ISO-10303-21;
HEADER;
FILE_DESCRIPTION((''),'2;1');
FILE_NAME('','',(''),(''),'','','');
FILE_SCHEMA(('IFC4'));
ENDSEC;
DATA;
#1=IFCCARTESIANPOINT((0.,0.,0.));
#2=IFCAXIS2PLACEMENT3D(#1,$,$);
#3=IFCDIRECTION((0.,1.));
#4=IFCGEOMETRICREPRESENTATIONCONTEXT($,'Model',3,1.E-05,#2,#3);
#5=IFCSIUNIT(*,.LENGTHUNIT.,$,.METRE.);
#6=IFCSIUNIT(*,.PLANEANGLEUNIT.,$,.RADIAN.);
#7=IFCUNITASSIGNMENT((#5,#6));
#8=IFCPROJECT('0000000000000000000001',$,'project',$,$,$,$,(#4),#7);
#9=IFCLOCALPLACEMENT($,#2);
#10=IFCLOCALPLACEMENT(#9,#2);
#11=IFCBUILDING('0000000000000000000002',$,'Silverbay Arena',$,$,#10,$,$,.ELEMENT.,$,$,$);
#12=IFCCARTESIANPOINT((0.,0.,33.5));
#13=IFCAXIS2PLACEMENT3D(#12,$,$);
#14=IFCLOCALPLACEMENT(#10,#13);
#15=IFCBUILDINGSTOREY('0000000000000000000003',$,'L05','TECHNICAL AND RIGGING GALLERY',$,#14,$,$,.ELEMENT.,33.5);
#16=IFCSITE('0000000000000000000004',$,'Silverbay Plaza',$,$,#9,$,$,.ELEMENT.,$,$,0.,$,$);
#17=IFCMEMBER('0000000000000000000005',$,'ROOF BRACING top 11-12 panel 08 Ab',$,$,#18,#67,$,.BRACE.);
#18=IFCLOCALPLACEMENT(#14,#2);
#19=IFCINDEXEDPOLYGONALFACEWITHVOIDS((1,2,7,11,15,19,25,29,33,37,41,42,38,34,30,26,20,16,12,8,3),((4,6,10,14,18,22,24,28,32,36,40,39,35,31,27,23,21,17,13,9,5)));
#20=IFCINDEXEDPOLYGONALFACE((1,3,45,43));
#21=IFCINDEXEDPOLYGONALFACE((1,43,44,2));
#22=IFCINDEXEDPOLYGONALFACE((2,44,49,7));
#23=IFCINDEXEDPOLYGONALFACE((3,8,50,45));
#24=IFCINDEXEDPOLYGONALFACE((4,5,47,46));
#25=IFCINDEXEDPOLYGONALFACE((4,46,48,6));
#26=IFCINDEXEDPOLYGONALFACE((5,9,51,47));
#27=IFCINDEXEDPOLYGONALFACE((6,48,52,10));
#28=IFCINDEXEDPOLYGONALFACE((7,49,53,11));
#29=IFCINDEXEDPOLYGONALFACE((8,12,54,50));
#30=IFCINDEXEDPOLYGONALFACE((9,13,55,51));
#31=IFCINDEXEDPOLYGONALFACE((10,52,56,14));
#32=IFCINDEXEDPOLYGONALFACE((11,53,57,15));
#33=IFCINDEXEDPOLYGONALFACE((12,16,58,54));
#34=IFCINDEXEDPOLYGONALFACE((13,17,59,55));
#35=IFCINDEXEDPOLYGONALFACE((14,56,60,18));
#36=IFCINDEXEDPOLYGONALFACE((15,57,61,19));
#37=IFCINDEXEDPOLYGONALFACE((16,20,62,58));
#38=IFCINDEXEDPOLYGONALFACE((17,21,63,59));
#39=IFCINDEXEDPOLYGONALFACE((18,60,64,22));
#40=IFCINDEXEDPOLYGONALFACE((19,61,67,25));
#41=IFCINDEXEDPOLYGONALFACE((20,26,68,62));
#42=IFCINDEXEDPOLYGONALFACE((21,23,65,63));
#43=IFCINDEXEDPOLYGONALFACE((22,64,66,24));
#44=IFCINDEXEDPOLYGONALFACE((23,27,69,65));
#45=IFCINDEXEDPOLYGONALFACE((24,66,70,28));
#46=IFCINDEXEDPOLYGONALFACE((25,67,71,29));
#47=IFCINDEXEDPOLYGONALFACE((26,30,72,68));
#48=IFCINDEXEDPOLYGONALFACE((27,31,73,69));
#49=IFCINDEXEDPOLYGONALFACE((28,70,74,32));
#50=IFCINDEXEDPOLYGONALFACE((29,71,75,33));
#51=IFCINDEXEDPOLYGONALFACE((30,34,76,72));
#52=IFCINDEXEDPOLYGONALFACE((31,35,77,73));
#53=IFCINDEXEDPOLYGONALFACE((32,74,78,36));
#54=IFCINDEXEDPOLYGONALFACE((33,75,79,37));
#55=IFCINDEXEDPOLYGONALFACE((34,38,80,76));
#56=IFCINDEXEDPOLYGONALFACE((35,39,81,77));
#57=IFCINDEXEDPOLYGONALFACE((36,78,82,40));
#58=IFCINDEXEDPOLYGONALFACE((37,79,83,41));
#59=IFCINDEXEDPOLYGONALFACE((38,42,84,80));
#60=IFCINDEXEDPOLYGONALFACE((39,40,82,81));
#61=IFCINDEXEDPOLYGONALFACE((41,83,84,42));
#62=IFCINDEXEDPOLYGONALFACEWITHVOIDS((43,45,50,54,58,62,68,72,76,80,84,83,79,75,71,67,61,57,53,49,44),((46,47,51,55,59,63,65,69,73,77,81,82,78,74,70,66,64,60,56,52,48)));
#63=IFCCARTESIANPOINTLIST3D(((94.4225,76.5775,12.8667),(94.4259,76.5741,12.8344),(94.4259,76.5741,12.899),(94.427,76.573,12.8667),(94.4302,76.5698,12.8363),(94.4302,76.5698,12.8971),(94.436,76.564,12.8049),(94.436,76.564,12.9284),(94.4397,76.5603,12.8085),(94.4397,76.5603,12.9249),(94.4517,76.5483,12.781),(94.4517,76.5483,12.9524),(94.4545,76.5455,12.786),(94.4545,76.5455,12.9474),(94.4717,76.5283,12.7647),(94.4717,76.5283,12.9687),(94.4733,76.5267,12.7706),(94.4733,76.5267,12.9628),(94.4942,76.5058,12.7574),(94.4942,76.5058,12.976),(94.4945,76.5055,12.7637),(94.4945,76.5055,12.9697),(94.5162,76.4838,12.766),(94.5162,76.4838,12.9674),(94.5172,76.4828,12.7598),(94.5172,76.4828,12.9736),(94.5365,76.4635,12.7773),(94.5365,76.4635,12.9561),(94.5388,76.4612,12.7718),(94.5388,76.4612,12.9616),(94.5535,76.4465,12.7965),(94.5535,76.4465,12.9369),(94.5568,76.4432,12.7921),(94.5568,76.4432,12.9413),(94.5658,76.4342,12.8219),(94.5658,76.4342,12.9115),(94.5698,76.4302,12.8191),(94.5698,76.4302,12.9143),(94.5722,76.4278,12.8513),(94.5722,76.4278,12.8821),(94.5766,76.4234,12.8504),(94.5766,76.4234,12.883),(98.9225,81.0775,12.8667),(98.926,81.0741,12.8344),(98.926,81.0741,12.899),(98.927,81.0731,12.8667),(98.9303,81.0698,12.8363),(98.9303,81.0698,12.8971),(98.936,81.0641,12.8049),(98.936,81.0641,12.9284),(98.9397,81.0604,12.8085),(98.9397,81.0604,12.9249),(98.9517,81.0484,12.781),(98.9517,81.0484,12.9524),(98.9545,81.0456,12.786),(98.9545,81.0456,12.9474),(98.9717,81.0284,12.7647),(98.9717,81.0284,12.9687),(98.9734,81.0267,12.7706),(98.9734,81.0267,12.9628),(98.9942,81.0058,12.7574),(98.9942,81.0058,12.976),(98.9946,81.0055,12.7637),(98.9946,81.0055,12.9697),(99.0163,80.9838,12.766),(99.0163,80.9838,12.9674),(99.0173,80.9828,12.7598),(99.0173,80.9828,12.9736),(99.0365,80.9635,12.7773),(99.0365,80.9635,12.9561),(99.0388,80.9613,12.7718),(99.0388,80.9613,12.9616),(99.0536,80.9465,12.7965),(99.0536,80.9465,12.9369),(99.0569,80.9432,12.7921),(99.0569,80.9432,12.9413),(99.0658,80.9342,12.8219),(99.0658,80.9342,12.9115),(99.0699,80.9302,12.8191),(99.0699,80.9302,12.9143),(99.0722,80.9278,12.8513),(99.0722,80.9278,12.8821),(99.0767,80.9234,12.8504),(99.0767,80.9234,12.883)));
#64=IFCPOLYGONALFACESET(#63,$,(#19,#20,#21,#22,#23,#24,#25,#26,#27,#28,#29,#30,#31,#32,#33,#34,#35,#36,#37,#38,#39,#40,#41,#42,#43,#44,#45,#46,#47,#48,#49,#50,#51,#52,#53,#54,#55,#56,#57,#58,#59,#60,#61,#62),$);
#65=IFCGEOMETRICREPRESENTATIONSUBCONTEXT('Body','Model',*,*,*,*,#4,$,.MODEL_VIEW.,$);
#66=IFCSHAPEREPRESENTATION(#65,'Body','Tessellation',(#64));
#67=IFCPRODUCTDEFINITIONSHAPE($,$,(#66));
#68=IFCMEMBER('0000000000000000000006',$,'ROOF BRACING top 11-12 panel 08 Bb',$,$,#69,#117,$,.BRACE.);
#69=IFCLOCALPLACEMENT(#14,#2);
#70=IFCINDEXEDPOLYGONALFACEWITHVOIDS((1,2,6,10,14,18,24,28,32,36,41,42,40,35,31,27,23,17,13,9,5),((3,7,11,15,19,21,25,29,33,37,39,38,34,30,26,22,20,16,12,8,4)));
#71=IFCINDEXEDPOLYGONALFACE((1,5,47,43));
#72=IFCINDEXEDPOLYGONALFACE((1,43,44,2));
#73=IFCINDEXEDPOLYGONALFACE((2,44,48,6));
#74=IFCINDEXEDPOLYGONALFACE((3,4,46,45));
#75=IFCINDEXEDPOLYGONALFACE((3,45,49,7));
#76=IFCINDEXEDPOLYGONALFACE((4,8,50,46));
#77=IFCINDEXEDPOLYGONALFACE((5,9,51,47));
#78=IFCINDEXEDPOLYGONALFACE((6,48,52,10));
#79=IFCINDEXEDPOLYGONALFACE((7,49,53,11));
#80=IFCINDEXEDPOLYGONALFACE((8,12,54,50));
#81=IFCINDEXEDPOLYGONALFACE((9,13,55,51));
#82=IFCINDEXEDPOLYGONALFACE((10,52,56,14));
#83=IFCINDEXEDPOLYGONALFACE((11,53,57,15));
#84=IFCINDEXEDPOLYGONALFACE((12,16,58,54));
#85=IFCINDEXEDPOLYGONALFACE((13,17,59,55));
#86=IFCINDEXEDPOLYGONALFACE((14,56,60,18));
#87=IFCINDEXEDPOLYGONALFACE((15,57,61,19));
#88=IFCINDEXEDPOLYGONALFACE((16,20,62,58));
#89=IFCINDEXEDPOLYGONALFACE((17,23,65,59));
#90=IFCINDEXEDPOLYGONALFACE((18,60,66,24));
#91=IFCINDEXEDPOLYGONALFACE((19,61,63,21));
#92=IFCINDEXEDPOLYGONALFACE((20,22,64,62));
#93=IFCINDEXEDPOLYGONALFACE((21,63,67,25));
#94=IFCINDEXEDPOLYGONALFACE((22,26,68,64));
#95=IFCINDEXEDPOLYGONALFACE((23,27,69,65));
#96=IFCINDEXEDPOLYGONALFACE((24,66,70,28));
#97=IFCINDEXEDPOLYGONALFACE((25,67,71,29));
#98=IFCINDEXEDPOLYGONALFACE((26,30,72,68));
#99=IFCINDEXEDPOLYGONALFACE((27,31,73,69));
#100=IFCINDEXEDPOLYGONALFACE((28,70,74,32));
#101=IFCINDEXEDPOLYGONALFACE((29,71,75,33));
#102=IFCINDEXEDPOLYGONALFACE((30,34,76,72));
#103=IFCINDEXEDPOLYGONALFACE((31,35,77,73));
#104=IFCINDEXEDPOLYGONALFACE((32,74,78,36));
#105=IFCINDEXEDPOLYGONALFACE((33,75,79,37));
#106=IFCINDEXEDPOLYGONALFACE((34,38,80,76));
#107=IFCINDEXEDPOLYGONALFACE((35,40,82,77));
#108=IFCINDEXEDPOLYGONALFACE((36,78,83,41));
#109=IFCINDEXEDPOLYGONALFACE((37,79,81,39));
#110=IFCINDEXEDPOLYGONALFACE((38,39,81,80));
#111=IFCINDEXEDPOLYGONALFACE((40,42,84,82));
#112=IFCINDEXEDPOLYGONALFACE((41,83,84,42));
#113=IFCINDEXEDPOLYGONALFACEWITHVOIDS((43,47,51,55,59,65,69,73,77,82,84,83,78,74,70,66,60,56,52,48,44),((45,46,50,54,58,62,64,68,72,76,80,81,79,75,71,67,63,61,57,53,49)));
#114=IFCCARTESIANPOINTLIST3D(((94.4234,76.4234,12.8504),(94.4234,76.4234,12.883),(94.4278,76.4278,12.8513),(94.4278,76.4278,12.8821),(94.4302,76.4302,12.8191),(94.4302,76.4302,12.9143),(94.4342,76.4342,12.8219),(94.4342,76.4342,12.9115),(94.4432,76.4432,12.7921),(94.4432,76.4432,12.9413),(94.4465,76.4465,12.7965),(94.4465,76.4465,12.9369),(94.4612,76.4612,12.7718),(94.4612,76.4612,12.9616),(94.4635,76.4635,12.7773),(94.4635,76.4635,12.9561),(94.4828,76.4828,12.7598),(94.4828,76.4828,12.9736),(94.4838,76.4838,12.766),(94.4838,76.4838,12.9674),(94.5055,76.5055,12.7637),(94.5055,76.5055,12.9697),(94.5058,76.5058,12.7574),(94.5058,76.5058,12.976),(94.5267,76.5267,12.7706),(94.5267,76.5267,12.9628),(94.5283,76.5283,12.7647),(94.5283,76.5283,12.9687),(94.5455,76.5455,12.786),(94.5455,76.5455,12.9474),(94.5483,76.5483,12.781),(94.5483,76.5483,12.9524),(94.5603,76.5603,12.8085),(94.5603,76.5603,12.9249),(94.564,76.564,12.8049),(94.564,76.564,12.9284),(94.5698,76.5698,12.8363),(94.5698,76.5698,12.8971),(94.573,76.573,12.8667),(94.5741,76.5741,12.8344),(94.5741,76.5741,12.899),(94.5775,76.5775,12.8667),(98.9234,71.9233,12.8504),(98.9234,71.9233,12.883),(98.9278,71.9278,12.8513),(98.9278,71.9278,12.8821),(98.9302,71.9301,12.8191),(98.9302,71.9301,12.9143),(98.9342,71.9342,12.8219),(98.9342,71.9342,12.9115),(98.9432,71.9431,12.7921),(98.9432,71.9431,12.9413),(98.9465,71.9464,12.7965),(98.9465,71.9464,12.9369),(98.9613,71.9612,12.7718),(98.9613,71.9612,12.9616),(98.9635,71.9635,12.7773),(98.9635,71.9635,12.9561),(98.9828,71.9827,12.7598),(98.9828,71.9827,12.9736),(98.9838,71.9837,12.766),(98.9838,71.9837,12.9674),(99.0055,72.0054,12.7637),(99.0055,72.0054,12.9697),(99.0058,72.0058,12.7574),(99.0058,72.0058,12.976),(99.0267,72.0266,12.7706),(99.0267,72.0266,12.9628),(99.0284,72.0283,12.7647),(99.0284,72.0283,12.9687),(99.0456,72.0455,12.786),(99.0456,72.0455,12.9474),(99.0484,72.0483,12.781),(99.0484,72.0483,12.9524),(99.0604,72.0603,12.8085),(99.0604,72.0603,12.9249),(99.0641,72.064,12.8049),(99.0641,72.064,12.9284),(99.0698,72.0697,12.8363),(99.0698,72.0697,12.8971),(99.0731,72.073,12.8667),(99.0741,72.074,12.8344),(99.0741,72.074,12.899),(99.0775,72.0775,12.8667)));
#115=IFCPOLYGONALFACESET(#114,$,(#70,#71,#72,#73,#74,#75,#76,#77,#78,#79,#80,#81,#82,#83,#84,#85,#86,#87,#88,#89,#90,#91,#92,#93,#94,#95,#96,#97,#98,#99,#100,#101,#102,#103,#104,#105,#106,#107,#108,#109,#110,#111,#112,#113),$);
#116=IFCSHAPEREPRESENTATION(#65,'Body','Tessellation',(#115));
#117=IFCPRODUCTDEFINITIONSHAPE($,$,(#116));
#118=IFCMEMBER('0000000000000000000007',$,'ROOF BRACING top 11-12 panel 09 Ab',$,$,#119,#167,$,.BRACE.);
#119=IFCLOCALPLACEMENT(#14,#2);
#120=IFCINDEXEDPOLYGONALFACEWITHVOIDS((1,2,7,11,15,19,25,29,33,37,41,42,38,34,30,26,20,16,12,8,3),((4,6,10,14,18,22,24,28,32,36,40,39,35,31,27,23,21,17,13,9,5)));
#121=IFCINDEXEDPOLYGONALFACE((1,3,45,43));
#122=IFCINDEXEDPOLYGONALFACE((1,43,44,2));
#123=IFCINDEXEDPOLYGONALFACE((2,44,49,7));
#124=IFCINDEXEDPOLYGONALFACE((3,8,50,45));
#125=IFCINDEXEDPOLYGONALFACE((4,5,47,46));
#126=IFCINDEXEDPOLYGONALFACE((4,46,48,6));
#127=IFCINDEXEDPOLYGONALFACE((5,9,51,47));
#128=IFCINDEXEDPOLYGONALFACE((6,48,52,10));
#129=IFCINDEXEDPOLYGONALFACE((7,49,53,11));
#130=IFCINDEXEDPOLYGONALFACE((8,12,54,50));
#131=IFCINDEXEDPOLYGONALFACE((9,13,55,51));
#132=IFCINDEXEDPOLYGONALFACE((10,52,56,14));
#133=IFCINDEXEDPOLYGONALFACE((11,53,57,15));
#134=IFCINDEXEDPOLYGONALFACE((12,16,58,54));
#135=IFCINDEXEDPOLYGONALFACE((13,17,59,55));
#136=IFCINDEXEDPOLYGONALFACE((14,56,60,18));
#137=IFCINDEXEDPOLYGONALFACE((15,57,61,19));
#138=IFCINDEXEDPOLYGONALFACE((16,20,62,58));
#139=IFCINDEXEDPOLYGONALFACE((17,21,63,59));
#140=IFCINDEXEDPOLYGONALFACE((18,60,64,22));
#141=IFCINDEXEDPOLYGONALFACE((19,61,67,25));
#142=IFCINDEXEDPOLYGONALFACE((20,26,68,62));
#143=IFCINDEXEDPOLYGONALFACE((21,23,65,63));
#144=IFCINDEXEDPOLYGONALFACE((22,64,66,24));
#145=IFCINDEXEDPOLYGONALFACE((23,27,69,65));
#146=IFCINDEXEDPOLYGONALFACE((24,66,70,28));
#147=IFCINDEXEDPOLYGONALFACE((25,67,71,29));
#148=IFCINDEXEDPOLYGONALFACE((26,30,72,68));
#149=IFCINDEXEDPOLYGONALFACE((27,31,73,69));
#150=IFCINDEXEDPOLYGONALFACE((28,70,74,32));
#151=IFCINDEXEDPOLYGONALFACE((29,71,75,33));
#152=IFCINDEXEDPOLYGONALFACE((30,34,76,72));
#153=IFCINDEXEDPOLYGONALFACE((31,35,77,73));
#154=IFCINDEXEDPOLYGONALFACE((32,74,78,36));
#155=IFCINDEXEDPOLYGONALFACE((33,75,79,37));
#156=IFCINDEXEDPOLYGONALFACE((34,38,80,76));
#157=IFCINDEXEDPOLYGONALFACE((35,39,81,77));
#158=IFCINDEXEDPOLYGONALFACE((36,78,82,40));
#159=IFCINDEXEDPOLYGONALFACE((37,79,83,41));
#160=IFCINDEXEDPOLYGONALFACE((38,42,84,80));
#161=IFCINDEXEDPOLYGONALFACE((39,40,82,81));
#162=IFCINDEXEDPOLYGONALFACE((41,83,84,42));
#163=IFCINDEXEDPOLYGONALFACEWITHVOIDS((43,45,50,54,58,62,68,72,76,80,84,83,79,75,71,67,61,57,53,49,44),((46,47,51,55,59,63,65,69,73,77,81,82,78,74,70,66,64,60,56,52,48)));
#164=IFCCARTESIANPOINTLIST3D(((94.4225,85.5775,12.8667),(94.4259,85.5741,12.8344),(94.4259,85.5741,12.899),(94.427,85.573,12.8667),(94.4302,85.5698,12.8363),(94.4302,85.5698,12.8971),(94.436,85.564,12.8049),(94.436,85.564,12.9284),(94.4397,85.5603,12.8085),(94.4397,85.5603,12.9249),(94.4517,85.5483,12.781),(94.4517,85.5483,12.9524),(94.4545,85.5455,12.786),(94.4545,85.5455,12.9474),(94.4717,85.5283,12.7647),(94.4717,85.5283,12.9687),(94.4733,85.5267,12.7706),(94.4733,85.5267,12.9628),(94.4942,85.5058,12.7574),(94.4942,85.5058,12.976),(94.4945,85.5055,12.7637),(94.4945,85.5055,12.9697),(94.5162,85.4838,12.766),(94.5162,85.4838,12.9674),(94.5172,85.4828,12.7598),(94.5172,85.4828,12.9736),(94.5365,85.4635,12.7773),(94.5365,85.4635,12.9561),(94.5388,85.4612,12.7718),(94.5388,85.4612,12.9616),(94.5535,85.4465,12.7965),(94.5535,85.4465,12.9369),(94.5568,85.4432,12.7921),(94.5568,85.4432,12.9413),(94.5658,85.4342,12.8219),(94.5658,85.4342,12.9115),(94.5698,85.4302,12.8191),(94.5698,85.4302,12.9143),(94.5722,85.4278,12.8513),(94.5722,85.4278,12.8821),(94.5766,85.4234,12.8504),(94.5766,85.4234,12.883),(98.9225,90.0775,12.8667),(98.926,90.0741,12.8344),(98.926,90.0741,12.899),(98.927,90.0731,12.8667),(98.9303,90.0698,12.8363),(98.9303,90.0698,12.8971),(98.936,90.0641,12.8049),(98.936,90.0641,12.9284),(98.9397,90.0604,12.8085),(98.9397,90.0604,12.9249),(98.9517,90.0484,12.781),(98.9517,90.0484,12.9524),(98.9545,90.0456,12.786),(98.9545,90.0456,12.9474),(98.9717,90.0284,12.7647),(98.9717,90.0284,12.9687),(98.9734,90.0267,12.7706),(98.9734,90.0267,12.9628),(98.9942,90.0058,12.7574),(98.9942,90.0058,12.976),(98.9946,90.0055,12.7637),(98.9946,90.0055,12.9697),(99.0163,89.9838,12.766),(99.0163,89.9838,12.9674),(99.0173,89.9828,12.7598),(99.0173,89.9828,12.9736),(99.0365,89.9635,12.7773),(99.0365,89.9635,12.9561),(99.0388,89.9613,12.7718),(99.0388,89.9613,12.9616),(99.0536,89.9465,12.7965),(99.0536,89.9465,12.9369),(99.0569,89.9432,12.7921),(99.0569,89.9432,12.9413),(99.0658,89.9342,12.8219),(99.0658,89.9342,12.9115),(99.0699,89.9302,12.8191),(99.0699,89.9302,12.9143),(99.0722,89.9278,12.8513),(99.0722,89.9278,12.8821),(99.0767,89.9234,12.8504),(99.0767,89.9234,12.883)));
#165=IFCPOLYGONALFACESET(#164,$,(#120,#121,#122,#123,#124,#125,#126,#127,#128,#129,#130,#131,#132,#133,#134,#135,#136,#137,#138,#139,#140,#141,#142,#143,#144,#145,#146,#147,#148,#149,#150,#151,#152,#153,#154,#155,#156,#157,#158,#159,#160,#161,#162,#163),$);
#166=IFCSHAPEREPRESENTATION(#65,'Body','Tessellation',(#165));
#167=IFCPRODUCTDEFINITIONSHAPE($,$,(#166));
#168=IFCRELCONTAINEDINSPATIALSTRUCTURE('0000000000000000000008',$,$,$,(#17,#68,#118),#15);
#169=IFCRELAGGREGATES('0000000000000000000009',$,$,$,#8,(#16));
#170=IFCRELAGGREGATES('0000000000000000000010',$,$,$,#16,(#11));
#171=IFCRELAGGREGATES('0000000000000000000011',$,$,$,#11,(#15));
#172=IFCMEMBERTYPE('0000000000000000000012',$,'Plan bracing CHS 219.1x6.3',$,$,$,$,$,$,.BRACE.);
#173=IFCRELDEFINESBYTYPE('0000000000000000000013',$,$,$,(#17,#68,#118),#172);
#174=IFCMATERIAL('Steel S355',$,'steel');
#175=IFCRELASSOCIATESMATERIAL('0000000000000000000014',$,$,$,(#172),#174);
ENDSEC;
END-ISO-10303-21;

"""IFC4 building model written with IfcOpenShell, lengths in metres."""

from ifc_helpers import new_model, si_unit, direction, frame, origin, origin_2d, place, context, subcontext, project, spatial, hollow_circle, extrude, material, material_profile, profile_set, type_object, element, save


model = new_model("IFC4")

# Units and contexts
model_context = context("Model", 3, precision=1e-05, world=origin(), true_north=direction((0.0, 1.0)))
body_context = subcontext(model_context, "Body", "Model", "MODEL_VIEW")
ifc_project = project(units=[si_unit("LENGTHUNIT", "METRE"), si_unit("PLANEANGLEUNIT", "RADIAN")], contexts=[model_context])

# Site, building, storey
site_placement = place(None, origin())
site = spatial("IfcSite", under=ifc_project, at=site_placement, Name="Silverbay Plaza", CompositionType="ELEMENT", RefElevation=0.0)
building_placement = place(site_placement, origin())
building = spatial("IfcBuilding", under=site, at=building_placement, Name="Silverbay Arena", CompositionType="ELEMENT")
storey_placement = place(building_placement, frame((0.0, 0.0, 33.5)))
storey = spatial("IfcBuildingStorey", under=building, at=storey_placement, Name="L05", Description="TECHNICAL AND RIGGING GALLERY", CompositionType="ELEMENT", Elevation=33.5)

# Members
ifc_material_1 = material(Name="Steel S355", Category="steel")
ifc_material_profile_1 = material_profile(ifc_material_1, hollow_circle(Radius=0.1096, WallThickness=0.0063, at=origin_2d()), Name="CHS 219.1x6.3")
ifc_profile_set_1 = profile_set([ifc_material_profile_1], Name="Steel S355")
member_type_1 = type_object("IfcMemberType", Name="Plan bracing CHS 219.1x6.3", PredefinedType="BRACE", material=ifc_profile_set_1)
for number, where, z_axis, x_axis, name in (
    (1, (94.5, 76.5, 12.8667), (0.707107, 0.707107, 0.0), (-0.707107, 0.707107, 0.0), "ROOF BRACING top 11-12 panel 08 Ab"),
    (2, (94.5, 76.5, 12.8667), (0.707107, -0.707107, 0.0), (0.707107, 0.707107, 0.0), "ROOF BRACING top 11-12 panel 08 Bb"),
    (3, (94.5, 85.5, 12.8667), (0.707107, 0.707107, 0.0), (-0.707107, 0.707107, 0.0), "ROOF BRACING top 11-12 panel 09 Ab"),
):
    element("IfcMember", number, at=place(storey_placement, frame(where, z_axis=z_axis, x_axis=x_axis)), inside=storey, type_object=member_type_1, Name=name, PredefinedType="BRACE", context=body_context, shape_type="SweptSolid", body=[
        extrude(hollow_circle(Radius=0.1096, WallThickness=0.0063, at=origin_2d()), origin(), (0.0, 0.0, 1.0), 6.364),
    ])

save(model, "model.ifc")
